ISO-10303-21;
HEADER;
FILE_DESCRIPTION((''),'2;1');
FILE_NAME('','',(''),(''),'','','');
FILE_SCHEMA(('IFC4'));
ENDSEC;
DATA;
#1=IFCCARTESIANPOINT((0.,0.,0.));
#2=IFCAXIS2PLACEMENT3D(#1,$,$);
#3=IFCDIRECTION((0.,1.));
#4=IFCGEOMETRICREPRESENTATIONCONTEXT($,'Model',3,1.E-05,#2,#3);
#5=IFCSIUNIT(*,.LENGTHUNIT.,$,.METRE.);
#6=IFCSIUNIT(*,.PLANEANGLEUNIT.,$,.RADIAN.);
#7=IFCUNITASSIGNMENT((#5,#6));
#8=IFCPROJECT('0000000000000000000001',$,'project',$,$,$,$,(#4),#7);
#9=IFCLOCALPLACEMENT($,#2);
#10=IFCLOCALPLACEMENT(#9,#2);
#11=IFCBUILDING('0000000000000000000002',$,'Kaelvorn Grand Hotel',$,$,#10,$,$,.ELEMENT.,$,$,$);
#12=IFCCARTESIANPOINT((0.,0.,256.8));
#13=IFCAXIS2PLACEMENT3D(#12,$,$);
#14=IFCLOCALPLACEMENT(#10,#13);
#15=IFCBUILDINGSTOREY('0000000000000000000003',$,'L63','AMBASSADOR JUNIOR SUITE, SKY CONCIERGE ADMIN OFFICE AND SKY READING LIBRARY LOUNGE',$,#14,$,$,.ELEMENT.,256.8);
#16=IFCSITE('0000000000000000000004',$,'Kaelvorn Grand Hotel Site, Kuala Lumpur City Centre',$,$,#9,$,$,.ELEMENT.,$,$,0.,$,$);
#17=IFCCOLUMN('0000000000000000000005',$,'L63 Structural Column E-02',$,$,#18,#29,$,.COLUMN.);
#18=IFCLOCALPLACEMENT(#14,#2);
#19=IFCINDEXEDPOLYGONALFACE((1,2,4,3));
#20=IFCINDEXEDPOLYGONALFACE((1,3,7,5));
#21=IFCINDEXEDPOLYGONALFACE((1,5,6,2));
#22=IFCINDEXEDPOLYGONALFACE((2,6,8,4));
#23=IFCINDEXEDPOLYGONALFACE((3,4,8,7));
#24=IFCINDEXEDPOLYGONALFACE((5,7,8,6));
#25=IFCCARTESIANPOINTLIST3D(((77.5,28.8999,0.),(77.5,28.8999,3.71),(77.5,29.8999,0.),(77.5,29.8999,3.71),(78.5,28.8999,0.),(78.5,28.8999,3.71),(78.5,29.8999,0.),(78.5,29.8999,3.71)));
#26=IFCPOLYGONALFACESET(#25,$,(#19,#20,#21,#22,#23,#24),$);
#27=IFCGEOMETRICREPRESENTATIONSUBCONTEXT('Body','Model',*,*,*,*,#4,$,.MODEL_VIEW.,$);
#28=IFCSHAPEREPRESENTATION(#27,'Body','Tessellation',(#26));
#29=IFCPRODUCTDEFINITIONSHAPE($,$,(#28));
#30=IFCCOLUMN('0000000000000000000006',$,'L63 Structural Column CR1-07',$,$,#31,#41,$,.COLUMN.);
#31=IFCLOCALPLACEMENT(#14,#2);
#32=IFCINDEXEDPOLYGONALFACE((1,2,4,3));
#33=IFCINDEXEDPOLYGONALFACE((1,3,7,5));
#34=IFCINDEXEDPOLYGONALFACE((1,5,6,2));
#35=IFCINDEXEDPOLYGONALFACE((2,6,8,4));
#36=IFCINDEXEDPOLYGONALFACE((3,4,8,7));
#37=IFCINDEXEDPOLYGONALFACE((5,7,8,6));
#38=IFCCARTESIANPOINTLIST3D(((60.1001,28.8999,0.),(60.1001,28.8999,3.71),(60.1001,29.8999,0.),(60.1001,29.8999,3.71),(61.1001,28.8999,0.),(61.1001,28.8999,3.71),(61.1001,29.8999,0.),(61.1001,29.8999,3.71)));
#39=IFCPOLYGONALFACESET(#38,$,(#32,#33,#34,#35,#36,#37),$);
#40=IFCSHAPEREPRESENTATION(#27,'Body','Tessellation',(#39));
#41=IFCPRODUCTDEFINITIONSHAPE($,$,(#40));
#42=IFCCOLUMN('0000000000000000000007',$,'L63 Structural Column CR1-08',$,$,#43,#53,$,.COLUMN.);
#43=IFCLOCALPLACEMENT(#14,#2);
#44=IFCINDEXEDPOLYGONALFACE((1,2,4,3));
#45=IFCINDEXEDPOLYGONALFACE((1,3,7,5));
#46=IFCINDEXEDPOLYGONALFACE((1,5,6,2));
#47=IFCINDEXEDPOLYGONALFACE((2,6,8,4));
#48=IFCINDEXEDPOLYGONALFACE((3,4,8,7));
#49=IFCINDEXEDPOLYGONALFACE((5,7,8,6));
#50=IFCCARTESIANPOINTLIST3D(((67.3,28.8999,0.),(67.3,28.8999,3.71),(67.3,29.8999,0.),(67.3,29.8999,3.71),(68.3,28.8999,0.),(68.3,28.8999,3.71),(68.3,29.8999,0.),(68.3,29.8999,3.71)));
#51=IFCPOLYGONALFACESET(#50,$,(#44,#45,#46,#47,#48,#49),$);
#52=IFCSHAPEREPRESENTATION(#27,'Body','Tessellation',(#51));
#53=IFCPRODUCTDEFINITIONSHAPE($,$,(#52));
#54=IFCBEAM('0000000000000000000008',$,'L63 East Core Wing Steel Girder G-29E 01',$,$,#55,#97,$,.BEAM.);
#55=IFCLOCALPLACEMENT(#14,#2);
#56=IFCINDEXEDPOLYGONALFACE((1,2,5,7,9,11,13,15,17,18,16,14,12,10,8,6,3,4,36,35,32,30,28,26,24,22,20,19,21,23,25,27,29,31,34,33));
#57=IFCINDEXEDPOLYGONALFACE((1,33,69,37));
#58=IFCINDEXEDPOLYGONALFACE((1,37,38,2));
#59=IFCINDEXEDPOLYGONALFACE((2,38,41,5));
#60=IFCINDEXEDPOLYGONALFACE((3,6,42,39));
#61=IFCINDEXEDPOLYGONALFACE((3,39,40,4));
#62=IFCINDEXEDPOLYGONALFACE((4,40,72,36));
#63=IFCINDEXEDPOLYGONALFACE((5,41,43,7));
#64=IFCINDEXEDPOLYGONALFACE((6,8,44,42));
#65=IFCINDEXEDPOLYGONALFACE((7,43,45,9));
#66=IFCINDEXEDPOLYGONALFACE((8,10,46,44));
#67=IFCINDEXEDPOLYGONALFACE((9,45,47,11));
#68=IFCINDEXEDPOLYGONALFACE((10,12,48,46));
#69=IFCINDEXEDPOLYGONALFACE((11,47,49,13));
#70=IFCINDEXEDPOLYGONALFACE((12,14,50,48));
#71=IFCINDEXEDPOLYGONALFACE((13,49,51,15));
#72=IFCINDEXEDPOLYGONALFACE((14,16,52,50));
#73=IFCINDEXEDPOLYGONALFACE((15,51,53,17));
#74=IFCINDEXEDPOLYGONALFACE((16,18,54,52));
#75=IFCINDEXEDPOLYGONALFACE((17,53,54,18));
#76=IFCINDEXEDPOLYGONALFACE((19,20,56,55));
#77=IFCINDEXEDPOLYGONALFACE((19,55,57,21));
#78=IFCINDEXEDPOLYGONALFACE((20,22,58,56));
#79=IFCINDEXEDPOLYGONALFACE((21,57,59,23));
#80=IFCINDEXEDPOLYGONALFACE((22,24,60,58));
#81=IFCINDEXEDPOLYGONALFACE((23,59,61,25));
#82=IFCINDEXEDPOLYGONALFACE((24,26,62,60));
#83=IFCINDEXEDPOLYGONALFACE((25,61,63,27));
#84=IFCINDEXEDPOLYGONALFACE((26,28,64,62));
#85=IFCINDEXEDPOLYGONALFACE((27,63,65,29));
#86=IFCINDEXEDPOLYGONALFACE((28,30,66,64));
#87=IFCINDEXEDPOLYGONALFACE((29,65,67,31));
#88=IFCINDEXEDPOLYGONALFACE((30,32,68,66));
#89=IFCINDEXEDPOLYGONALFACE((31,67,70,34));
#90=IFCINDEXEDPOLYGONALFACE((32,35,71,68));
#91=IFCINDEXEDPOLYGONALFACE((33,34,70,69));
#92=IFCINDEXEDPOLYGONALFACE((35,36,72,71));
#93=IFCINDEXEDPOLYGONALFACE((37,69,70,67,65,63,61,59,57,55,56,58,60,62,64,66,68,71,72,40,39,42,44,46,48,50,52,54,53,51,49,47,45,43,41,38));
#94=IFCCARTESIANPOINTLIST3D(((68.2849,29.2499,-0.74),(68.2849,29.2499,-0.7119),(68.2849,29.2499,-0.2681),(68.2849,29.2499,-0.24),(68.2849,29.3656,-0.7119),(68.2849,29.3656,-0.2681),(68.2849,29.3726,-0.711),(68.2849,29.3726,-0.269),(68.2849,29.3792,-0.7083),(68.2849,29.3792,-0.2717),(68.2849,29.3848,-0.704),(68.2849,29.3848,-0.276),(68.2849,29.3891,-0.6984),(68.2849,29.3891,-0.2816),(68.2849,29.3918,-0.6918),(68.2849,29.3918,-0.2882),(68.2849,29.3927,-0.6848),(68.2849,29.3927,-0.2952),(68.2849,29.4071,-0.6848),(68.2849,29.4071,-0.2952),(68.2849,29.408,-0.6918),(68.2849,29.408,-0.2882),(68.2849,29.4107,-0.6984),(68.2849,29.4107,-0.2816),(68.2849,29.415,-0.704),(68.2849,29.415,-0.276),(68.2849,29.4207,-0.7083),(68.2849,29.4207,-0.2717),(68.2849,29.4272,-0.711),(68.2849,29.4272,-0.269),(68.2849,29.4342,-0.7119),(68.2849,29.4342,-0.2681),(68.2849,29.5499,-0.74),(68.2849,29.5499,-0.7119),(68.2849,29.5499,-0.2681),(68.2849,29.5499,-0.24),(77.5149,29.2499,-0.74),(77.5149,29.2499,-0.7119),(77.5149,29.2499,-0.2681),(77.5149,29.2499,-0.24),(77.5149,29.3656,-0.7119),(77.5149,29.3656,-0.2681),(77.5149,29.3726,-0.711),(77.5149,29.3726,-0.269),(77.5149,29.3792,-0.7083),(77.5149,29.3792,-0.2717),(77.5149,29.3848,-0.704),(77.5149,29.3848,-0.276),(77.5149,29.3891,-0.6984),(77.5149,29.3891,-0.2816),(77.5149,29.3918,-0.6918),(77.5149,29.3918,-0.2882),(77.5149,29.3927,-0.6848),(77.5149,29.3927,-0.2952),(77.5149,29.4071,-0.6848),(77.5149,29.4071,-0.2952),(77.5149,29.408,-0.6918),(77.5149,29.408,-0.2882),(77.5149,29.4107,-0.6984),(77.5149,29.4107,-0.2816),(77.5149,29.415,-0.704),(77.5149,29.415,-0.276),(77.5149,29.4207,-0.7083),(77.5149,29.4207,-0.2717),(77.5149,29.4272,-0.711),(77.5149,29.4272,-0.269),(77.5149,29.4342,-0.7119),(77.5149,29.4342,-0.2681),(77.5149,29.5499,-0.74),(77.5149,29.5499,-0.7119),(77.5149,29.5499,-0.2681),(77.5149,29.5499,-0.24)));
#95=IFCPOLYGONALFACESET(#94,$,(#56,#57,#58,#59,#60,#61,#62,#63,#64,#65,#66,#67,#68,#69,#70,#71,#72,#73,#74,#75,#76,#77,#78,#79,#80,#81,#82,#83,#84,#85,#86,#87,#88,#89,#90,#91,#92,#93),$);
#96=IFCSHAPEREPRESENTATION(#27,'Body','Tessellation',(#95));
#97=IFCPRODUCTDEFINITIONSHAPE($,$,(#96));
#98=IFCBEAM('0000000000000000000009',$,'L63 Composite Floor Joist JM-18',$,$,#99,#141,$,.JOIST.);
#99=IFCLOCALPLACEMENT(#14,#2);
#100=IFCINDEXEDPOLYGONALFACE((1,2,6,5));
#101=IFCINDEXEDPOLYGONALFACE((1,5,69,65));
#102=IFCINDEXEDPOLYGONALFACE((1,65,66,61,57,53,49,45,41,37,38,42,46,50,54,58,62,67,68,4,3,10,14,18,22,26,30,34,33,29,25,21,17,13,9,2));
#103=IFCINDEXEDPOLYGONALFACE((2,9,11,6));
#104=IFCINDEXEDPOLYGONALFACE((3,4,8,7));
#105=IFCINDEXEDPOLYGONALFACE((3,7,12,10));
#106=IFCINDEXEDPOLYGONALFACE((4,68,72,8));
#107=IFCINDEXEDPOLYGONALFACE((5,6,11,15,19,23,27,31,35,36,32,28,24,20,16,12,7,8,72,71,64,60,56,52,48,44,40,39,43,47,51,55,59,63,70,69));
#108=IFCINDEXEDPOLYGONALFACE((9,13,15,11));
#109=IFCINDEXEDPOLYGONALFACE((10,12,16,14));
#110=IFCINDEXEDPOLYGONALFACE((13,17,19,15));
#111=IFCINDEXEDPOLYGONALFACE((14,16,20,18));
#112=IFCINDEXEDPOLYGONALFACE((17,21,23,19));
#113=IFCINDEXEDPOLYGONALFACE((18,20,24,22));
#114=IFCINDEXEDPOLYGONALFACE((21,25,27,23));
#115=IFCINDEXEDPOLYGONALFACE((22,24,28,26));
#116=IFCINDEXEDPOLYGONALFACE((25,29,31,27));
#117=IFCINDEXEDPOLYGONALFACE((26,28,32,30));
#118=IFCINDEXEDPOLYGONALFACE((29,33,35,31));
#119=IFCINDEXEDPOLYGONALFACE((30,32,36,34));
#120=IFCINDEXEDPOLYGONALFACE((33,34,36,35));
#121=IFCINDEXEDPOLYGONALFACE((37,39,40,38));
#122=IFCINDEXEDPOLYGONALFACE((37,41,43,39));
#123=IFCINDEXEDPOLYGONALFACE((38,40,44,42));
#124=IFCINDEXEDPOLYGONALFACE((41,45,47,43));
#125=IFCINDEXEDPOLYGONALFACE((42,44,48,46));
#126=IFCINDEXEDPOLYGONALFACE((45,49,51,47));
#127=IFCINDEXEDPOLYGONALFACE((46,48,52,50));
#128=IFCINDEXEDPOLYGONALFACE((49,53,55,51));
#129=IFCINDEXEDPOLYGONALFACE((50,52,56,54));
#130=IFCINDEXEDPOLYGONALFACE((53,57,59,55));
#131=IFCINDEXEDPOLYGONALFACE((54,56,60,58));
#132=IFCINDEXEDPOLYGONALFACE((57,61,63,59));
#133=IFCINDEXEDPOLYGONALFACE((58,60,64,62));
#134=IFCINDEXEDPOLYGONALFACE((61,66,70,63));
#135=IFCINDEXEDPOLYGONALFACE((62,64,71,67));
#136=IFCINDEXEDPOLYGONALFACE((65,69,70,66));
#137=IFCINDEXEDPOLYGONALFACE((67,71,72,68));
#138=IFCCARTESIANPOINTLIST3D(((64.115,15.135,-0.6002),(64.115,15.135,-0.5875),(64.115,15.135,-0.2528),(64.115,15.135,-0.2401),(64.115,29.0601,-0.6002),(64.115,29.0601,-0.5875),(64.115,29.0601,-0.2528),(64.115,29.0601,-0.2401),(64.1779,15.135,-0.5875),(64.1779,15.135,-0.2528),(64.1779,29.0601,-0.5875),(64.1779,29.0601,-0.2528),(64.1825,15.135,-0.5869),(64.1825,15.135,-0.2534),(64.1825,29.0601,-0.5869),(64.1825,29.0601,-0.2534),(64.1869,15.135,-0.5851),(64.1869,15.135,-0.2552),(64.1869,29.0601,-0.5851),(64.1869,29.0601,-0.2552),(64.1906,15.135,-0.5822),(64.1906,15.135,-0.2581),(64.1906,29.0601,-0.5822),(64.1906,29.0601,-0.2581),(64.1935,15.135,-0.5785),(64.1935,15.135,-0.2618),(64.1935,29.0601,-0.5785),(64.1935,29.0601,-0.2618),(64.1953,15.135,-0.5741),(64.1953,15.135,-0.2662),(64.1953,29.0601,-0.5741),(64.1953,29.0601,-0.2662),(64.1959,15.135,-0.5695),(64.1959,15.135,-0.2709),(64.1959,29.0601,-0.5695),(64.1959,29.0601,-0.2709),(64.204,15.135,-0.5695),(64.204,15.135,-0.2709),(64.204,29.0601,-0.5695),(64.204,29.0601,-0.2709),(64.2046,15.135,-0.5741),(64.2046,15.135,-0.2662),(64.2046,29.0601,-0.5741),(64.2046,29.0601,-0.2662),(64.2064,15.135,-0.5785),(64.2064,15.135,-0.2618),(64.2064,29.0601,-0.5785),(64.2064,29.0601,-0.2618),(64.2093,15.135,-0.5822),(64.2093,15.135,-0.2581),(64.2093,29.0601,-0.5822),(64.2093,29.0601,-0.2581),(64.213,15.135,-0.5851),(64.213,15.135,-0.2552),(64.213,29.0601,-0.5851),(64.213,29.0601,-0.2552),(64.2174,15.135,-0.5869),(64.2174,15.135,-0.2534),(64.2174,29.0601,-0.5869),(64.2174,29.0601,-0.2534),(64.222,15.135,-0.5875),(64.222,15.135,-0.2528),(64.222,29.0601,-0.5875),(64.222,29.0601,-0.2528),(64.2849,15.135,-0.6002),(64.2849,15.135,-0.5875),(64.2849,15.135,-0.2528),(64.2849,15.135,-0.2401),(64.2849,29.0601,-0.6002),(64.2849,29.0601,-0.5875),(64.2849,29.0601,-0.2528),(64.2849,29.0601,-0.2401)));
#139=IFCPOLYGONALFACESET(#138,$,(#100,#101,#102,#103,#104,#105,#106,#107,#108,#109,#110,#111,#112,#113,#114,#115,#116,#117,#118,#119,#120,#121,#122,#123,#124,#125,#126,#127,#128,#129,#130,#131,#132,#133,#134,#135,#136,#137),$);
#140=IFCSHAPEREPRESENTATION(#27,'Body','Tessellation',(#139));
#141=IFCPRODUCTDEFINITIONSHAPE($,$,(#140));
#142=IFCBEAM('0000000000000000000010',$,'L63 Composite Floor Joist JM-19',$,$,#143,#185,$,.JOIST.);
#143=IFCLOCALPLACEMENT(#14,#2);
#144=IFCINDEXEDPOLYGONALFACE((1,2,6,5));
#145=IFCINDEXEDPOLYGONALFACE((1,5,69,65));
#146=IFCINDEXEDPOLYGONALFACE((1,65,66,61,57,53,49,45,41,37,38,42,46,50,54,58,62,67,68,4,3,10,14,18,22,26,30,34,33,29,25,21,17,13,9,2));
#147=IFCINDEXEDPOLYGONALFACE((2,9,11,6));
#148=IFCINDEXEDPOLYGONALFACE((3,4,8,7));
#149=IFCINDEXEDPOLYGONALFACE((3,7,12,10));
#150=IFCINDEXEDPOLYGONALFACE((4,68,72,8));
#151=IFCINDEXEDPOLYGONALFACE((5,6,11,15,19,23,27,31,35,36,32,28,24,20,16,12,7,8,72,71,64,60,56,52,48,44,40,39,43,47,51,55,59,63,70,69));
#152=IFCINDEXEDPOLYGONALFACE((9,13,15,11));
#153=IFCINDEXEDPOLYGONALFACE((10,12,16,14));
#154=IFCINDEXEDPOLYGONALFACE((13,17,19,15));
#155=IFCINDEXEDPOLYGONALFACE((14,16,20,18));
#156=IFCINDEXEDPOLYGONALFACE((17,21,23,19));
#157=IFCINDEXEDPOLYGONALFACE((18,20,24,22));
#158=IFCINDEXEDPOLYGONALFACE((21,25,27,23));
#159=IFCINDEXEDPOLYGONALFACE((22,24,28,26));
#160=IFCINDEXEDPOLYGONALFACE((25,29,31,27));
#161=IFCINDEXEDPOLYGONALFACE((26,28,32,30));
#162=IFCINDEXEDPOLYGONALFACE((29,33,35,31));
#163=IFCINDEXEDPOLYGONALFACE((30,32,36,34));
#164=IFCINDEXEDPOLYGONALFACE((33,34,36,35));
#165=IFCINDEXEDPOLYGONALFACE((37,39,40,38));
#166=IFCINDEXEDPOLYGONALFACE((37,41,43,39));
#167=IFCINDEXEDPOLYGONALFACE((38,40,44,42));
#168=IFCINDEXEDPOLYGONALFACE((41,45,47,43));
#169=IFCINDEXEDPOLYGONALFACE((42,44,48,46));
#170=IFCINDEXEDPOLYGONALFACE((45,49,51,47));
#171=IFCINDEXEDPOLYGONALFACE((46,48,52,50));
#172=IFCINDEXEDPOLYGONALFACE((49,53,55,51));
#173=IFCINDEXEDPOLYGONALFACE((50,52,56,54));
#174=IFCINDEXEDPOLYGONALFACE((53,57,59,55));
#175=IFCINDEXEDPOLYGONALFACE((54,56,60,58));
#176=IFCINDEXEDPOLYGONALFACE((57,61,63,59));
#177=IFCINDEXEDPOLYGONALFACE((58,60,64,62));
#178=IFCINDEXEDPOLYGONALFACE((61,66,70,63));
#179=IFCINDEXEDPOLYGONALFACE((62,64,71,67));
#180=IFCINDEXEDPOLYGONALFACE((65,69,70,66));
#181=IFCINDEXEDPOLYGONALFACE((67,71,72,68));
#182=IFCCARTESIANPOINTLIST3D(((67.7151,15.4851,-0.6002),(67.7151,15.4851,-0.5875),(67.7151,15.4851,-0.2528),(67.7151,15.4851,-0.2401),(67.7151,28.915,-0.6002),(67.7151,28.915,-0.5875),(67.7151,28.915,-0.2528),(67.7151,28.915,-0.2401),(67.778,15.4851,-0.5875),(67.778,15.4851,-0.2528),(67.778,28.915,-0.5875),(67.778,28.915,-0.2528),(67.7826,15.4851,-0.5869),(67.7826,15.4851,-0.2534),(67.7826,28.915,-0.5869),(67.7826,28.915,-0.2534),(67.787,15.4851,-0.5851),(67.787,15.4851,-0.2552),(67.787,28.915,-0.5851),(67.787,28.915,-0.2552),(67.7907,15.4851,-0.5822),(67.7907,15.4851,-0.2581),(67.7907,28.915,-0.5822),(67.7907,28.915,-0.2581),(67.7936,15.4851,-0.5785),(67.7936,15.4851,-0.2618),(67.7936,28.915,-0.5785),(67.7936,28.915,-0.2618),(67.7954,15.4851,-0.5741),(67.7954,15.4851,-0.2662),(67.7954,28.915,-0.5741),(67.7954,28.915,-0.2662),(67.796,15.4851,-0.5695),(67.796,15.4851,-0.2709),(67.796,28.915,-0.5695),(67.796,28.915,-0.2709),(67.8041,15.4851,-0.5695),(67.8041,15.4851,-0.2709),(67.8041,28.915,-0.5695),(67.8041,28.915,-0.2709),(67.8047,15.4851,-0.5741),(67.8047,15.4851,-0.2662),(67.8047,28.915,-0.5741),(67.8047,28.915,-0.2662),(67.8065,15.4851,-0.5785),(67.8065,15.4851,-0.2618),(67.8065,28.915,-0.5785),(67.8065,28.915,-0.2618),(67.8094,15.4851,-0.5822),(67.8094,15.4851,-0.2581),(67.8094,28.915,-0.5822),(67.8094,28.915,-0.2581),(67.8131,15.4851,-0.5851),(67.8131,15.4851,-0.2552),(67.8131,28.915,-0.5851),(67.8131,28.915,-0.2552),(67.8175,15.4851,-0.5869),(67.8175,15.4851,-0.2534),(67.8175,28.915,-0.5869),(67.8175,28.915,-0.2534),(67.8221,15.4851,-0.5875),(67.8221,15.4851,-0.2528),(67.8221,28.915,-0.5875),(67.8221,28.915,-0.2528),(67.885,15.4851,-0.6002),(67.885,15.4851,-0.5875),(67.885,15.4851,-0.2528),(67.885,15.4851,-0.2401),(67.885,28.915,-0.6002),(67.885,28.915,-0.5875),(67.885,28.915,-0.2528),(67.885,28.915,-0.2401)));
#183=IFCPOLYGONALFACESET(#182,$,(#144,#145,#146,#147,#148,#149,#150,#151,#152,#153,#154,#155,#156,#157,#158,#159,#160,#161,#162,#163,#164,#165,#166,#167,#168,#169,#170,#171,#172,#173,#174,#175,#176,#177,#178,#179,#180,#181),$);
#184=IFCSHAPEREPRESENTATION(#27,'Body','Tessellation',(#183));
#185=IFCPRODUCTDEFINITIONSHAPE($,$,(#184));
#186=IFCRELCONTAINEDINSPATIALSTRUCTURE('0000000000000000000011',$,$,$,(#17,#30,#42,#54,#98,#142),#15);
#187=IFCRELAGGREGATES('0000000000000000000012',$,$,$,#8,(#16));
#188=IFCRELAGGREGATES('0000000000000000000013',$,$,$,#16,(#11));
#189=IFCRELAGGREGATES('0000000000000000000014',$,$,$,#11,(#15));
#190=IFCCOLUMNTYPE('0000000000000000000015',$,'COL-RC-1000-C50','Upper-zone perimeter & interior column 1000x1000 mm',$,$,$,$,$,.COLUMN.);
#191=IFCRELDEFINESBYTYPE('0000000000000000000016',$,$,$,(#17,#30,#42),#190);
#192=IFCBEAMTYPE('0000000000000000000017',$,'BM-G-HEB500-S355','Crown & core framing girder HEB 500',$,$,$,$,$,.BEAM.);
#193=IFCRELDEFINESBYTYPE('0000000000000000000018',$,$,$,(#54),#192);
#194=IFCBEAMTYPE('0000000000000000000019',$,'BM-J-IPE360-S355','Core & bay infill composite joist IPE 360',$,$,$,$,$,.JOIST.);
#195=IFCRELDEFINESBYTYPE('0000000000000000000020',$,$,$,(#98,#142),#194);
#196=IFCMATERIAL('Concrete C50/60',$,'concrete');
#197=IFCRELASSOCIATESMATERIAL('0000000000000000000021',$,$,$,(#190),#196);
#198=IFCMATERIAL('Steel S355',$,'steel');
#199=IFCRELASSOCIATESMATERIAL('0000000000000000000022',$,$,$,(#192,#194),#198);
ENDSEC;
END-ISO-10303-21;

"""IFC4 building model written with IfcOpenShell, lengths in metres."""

from ifc_helpers import new_model, si_unit, direction, frame, origin, origin_2d, place, context, subcontext, project, spatial, rectangle, i_section, extrude, material, material_profile, profile_set, type_object, element, save


model = new_model("IFC4")

# Units and contexts
model_context = context("Model", 3, precision=1e-05, world=origin(), true_north=direction((0.0, 1.0)))
body_context = subcontext(model_context, "Body", "Model", "MODEL_VIEW")
ifc_project = project(units=[si_unit("LENGTHUNIT", "METRE"), si_unit("PLANEANGLEUNIT", "RADIAN")], contexts=[model_context])

# Site, building, storey
site_placement = place(None, origin())
site = spatial("IfcSite", under=ifc_project, at=site_placement, Name="Kaelvorn Grand Hotel Site, Kuala Lumpur City Centre", CompositionType="ELEMENT", RefElevation=0.0)
building_placement = place(site_placement, origin())
building = spatial("IfcBuilding", under=site, at=building_placement, Name="Kaelvorn Grand Hotel", CompositionType="ELEMENT")
storey_placement = place(building_placement, frame((0.0, 0.0, 256.8)))
storey = spatial("IfcBuildingStorey", under=building, at=storey_placement, Name="L63", Description="AMBASSADOR JUNIOR SUITE, SKY CONCIERGE ADMIN OFFICE AND SKY READING LIBRARY LOUNGE", CompositionType="ELEMENT", Elevation=256.8)

# Columns
ifc_material_1 = material(Name="Concrete C50/60", Category="concrete")
ifc_material_profile_1 = material_profile(ifc_material_1, rectangle(XDim=1.0, YDim=1.0, at=origin_2d()), Name="RC COL 1000x1000")
ifc_profile_set_1 = profile_set([ifc_material_profile_1], Name="Concrete C50/60")
column_type = type_object("IfcColumnType", Name="COL-RC-1000-C50", Description="Upper-zone perimeter & interior column 1000x1000 mm", PredefinedType="COLUMN", material=ifc_profile_set_1)
for number, where, z_axis, x_axis, name in (
    (1, (78.0, 29.3999, 0.0), (0.0, 0.0, 1.0), (1.0, 0.0, 0.0), "L63 Structural Column E-02"),
    (2, (60.6001, 29.3999, 0.0), (0.0, 0.0, 1.0), (1.0, 0.0, 0.0), "L63 Structural Column CR1-07"),
    (3, (67.8, 29.3999, 0.0), (0.0, 0.0, 1.0), (1.0, 0.0, 0.0), "L63 Structural Column CR1-08"),
):
    element("IfcColumn", number, at=place(storey_placement, frame(where, z_axis=z_axis, x_axis=x_axis)), inside=storey, type_object=column_type, Name=name, PredefinedType="COLUMN", context=body_context, shape_type="SweptSolid", body=[
        extrude(rectangle(XDim=1.0, YDim=1.0, at=origin_2d()), origin(), (0.0, 0.0, 1.0), 3.71),
    ])

# Beams
ifc_material_2 = material(Name="Steel S355", Category="steel")
ifc_material_profile_2 = material_profile(ifc_material_2, i_section(OverallWidth=0.3, OverallDepth=0.5, WebThickness=0.0144, FlangeThickness=0.0281, FilletRadius=0.0271, at=origin_2d()), Name="HEB 500")
ifc_profile_set_2 = profile_set([ifc_material_profile_2], Name="Steel S355")
beam_type_1 = type_object("IfcBeamType", Name="BM-G-HEB500-S355", Description="Crown & core framing girder HEB 500", PredefinedType="BEAM", material=ifc_profile_set_2)
beam_1_placement = place(storey_placement, frame((68.2849, 29.3999, -0.49), z_axis=(1.0, 0.0, 0.0), x_axis=(0.0, 1.0, 0.0)))
element("IfcBeam", 4, at=beam_1_placement, inside=storey, type_object=beam_type_1, Name="L63 East Core Wing Steel Girder G-29E 01", PredefinedType="BEAM", context=body_context, shape_type="SweptSolid", body=[
    extrude(i_section(OverallWidth=0.3, OverallDepth=0.5, WebThickness=0.0144, FlangeThickness=0.0281, FilletRadius=0.0271, at=origin_2d()), origin(), (0.0, 0.0, 1.0), 9.23),
])
ifc_material_profile_3 = material_profile(ifc_material_2, i_section(OverallWidth=0.1699, OverallDepth=0.3601, WebThickness=0.0081, FlangeThickness=0.0127, FilletRadius=0.0181, at=origin_2d()), Name="IPE 360")
ifc_profile_set_3 = profile_set([ifc_material_profile_3], Name="Steel S355")
beam_type_2 = type_object("IfcBeamType", Name="BM-J-IPE360-S355", Description="Core & bay infill composite joist IPE 360", PredefinedType="JOIST", material=ifc_profile_set_3)
beam_2_placement = place(storey_placement, frame((64.2, 15.135, -0.4202), z_axis=(0.0, 1.0, 0.0), x_axis=(-1.0, 0.0, 0.0)))
element("IfcBeam", 5, at=beam_2_placement, inside=storey, type_object=beam_type_2, Name="L63 Composite Floor Joist JM-18", PredefinedType="JOIST", context=body_context, shape_type="SweptSolid", body=[
    extrude(i_section(OverallWidth=0.1699, OverallDepth=0.3601, WebThickness=0.0081, FlangeThickness=0.0127, FilletRadius=0.0181, at=origin_2d()), origin(), (0.0, 0.0, 1.0), 13.925),
])
beam_3_placement = place(storey_placement, frame((67.8, 15.4851, -0.4202), z_axis=(0.0, 1.0, 0.0), x_axis=(-1.0, 0.0, 0.0)))
element("IfcBeam", 6, at=beam_3_placement, inside=storey, type_object=beam_type_2, Name="L63 Composite Floor Joist JM-19", PredefinedType="JOIST", context=body_context, shape_type="SweptSolid", body=[
    extrude(i_section(OverallWidth=0.1699, OverallDepth=0.3601, WebThickness=0.0081, FlangeThickness=0.0127, FilletRadius=0.0181, at=origin_2d()), origin(), (0.0, 0.0, 1.0), 13.4299),
])

save(model, "model.ifc")
